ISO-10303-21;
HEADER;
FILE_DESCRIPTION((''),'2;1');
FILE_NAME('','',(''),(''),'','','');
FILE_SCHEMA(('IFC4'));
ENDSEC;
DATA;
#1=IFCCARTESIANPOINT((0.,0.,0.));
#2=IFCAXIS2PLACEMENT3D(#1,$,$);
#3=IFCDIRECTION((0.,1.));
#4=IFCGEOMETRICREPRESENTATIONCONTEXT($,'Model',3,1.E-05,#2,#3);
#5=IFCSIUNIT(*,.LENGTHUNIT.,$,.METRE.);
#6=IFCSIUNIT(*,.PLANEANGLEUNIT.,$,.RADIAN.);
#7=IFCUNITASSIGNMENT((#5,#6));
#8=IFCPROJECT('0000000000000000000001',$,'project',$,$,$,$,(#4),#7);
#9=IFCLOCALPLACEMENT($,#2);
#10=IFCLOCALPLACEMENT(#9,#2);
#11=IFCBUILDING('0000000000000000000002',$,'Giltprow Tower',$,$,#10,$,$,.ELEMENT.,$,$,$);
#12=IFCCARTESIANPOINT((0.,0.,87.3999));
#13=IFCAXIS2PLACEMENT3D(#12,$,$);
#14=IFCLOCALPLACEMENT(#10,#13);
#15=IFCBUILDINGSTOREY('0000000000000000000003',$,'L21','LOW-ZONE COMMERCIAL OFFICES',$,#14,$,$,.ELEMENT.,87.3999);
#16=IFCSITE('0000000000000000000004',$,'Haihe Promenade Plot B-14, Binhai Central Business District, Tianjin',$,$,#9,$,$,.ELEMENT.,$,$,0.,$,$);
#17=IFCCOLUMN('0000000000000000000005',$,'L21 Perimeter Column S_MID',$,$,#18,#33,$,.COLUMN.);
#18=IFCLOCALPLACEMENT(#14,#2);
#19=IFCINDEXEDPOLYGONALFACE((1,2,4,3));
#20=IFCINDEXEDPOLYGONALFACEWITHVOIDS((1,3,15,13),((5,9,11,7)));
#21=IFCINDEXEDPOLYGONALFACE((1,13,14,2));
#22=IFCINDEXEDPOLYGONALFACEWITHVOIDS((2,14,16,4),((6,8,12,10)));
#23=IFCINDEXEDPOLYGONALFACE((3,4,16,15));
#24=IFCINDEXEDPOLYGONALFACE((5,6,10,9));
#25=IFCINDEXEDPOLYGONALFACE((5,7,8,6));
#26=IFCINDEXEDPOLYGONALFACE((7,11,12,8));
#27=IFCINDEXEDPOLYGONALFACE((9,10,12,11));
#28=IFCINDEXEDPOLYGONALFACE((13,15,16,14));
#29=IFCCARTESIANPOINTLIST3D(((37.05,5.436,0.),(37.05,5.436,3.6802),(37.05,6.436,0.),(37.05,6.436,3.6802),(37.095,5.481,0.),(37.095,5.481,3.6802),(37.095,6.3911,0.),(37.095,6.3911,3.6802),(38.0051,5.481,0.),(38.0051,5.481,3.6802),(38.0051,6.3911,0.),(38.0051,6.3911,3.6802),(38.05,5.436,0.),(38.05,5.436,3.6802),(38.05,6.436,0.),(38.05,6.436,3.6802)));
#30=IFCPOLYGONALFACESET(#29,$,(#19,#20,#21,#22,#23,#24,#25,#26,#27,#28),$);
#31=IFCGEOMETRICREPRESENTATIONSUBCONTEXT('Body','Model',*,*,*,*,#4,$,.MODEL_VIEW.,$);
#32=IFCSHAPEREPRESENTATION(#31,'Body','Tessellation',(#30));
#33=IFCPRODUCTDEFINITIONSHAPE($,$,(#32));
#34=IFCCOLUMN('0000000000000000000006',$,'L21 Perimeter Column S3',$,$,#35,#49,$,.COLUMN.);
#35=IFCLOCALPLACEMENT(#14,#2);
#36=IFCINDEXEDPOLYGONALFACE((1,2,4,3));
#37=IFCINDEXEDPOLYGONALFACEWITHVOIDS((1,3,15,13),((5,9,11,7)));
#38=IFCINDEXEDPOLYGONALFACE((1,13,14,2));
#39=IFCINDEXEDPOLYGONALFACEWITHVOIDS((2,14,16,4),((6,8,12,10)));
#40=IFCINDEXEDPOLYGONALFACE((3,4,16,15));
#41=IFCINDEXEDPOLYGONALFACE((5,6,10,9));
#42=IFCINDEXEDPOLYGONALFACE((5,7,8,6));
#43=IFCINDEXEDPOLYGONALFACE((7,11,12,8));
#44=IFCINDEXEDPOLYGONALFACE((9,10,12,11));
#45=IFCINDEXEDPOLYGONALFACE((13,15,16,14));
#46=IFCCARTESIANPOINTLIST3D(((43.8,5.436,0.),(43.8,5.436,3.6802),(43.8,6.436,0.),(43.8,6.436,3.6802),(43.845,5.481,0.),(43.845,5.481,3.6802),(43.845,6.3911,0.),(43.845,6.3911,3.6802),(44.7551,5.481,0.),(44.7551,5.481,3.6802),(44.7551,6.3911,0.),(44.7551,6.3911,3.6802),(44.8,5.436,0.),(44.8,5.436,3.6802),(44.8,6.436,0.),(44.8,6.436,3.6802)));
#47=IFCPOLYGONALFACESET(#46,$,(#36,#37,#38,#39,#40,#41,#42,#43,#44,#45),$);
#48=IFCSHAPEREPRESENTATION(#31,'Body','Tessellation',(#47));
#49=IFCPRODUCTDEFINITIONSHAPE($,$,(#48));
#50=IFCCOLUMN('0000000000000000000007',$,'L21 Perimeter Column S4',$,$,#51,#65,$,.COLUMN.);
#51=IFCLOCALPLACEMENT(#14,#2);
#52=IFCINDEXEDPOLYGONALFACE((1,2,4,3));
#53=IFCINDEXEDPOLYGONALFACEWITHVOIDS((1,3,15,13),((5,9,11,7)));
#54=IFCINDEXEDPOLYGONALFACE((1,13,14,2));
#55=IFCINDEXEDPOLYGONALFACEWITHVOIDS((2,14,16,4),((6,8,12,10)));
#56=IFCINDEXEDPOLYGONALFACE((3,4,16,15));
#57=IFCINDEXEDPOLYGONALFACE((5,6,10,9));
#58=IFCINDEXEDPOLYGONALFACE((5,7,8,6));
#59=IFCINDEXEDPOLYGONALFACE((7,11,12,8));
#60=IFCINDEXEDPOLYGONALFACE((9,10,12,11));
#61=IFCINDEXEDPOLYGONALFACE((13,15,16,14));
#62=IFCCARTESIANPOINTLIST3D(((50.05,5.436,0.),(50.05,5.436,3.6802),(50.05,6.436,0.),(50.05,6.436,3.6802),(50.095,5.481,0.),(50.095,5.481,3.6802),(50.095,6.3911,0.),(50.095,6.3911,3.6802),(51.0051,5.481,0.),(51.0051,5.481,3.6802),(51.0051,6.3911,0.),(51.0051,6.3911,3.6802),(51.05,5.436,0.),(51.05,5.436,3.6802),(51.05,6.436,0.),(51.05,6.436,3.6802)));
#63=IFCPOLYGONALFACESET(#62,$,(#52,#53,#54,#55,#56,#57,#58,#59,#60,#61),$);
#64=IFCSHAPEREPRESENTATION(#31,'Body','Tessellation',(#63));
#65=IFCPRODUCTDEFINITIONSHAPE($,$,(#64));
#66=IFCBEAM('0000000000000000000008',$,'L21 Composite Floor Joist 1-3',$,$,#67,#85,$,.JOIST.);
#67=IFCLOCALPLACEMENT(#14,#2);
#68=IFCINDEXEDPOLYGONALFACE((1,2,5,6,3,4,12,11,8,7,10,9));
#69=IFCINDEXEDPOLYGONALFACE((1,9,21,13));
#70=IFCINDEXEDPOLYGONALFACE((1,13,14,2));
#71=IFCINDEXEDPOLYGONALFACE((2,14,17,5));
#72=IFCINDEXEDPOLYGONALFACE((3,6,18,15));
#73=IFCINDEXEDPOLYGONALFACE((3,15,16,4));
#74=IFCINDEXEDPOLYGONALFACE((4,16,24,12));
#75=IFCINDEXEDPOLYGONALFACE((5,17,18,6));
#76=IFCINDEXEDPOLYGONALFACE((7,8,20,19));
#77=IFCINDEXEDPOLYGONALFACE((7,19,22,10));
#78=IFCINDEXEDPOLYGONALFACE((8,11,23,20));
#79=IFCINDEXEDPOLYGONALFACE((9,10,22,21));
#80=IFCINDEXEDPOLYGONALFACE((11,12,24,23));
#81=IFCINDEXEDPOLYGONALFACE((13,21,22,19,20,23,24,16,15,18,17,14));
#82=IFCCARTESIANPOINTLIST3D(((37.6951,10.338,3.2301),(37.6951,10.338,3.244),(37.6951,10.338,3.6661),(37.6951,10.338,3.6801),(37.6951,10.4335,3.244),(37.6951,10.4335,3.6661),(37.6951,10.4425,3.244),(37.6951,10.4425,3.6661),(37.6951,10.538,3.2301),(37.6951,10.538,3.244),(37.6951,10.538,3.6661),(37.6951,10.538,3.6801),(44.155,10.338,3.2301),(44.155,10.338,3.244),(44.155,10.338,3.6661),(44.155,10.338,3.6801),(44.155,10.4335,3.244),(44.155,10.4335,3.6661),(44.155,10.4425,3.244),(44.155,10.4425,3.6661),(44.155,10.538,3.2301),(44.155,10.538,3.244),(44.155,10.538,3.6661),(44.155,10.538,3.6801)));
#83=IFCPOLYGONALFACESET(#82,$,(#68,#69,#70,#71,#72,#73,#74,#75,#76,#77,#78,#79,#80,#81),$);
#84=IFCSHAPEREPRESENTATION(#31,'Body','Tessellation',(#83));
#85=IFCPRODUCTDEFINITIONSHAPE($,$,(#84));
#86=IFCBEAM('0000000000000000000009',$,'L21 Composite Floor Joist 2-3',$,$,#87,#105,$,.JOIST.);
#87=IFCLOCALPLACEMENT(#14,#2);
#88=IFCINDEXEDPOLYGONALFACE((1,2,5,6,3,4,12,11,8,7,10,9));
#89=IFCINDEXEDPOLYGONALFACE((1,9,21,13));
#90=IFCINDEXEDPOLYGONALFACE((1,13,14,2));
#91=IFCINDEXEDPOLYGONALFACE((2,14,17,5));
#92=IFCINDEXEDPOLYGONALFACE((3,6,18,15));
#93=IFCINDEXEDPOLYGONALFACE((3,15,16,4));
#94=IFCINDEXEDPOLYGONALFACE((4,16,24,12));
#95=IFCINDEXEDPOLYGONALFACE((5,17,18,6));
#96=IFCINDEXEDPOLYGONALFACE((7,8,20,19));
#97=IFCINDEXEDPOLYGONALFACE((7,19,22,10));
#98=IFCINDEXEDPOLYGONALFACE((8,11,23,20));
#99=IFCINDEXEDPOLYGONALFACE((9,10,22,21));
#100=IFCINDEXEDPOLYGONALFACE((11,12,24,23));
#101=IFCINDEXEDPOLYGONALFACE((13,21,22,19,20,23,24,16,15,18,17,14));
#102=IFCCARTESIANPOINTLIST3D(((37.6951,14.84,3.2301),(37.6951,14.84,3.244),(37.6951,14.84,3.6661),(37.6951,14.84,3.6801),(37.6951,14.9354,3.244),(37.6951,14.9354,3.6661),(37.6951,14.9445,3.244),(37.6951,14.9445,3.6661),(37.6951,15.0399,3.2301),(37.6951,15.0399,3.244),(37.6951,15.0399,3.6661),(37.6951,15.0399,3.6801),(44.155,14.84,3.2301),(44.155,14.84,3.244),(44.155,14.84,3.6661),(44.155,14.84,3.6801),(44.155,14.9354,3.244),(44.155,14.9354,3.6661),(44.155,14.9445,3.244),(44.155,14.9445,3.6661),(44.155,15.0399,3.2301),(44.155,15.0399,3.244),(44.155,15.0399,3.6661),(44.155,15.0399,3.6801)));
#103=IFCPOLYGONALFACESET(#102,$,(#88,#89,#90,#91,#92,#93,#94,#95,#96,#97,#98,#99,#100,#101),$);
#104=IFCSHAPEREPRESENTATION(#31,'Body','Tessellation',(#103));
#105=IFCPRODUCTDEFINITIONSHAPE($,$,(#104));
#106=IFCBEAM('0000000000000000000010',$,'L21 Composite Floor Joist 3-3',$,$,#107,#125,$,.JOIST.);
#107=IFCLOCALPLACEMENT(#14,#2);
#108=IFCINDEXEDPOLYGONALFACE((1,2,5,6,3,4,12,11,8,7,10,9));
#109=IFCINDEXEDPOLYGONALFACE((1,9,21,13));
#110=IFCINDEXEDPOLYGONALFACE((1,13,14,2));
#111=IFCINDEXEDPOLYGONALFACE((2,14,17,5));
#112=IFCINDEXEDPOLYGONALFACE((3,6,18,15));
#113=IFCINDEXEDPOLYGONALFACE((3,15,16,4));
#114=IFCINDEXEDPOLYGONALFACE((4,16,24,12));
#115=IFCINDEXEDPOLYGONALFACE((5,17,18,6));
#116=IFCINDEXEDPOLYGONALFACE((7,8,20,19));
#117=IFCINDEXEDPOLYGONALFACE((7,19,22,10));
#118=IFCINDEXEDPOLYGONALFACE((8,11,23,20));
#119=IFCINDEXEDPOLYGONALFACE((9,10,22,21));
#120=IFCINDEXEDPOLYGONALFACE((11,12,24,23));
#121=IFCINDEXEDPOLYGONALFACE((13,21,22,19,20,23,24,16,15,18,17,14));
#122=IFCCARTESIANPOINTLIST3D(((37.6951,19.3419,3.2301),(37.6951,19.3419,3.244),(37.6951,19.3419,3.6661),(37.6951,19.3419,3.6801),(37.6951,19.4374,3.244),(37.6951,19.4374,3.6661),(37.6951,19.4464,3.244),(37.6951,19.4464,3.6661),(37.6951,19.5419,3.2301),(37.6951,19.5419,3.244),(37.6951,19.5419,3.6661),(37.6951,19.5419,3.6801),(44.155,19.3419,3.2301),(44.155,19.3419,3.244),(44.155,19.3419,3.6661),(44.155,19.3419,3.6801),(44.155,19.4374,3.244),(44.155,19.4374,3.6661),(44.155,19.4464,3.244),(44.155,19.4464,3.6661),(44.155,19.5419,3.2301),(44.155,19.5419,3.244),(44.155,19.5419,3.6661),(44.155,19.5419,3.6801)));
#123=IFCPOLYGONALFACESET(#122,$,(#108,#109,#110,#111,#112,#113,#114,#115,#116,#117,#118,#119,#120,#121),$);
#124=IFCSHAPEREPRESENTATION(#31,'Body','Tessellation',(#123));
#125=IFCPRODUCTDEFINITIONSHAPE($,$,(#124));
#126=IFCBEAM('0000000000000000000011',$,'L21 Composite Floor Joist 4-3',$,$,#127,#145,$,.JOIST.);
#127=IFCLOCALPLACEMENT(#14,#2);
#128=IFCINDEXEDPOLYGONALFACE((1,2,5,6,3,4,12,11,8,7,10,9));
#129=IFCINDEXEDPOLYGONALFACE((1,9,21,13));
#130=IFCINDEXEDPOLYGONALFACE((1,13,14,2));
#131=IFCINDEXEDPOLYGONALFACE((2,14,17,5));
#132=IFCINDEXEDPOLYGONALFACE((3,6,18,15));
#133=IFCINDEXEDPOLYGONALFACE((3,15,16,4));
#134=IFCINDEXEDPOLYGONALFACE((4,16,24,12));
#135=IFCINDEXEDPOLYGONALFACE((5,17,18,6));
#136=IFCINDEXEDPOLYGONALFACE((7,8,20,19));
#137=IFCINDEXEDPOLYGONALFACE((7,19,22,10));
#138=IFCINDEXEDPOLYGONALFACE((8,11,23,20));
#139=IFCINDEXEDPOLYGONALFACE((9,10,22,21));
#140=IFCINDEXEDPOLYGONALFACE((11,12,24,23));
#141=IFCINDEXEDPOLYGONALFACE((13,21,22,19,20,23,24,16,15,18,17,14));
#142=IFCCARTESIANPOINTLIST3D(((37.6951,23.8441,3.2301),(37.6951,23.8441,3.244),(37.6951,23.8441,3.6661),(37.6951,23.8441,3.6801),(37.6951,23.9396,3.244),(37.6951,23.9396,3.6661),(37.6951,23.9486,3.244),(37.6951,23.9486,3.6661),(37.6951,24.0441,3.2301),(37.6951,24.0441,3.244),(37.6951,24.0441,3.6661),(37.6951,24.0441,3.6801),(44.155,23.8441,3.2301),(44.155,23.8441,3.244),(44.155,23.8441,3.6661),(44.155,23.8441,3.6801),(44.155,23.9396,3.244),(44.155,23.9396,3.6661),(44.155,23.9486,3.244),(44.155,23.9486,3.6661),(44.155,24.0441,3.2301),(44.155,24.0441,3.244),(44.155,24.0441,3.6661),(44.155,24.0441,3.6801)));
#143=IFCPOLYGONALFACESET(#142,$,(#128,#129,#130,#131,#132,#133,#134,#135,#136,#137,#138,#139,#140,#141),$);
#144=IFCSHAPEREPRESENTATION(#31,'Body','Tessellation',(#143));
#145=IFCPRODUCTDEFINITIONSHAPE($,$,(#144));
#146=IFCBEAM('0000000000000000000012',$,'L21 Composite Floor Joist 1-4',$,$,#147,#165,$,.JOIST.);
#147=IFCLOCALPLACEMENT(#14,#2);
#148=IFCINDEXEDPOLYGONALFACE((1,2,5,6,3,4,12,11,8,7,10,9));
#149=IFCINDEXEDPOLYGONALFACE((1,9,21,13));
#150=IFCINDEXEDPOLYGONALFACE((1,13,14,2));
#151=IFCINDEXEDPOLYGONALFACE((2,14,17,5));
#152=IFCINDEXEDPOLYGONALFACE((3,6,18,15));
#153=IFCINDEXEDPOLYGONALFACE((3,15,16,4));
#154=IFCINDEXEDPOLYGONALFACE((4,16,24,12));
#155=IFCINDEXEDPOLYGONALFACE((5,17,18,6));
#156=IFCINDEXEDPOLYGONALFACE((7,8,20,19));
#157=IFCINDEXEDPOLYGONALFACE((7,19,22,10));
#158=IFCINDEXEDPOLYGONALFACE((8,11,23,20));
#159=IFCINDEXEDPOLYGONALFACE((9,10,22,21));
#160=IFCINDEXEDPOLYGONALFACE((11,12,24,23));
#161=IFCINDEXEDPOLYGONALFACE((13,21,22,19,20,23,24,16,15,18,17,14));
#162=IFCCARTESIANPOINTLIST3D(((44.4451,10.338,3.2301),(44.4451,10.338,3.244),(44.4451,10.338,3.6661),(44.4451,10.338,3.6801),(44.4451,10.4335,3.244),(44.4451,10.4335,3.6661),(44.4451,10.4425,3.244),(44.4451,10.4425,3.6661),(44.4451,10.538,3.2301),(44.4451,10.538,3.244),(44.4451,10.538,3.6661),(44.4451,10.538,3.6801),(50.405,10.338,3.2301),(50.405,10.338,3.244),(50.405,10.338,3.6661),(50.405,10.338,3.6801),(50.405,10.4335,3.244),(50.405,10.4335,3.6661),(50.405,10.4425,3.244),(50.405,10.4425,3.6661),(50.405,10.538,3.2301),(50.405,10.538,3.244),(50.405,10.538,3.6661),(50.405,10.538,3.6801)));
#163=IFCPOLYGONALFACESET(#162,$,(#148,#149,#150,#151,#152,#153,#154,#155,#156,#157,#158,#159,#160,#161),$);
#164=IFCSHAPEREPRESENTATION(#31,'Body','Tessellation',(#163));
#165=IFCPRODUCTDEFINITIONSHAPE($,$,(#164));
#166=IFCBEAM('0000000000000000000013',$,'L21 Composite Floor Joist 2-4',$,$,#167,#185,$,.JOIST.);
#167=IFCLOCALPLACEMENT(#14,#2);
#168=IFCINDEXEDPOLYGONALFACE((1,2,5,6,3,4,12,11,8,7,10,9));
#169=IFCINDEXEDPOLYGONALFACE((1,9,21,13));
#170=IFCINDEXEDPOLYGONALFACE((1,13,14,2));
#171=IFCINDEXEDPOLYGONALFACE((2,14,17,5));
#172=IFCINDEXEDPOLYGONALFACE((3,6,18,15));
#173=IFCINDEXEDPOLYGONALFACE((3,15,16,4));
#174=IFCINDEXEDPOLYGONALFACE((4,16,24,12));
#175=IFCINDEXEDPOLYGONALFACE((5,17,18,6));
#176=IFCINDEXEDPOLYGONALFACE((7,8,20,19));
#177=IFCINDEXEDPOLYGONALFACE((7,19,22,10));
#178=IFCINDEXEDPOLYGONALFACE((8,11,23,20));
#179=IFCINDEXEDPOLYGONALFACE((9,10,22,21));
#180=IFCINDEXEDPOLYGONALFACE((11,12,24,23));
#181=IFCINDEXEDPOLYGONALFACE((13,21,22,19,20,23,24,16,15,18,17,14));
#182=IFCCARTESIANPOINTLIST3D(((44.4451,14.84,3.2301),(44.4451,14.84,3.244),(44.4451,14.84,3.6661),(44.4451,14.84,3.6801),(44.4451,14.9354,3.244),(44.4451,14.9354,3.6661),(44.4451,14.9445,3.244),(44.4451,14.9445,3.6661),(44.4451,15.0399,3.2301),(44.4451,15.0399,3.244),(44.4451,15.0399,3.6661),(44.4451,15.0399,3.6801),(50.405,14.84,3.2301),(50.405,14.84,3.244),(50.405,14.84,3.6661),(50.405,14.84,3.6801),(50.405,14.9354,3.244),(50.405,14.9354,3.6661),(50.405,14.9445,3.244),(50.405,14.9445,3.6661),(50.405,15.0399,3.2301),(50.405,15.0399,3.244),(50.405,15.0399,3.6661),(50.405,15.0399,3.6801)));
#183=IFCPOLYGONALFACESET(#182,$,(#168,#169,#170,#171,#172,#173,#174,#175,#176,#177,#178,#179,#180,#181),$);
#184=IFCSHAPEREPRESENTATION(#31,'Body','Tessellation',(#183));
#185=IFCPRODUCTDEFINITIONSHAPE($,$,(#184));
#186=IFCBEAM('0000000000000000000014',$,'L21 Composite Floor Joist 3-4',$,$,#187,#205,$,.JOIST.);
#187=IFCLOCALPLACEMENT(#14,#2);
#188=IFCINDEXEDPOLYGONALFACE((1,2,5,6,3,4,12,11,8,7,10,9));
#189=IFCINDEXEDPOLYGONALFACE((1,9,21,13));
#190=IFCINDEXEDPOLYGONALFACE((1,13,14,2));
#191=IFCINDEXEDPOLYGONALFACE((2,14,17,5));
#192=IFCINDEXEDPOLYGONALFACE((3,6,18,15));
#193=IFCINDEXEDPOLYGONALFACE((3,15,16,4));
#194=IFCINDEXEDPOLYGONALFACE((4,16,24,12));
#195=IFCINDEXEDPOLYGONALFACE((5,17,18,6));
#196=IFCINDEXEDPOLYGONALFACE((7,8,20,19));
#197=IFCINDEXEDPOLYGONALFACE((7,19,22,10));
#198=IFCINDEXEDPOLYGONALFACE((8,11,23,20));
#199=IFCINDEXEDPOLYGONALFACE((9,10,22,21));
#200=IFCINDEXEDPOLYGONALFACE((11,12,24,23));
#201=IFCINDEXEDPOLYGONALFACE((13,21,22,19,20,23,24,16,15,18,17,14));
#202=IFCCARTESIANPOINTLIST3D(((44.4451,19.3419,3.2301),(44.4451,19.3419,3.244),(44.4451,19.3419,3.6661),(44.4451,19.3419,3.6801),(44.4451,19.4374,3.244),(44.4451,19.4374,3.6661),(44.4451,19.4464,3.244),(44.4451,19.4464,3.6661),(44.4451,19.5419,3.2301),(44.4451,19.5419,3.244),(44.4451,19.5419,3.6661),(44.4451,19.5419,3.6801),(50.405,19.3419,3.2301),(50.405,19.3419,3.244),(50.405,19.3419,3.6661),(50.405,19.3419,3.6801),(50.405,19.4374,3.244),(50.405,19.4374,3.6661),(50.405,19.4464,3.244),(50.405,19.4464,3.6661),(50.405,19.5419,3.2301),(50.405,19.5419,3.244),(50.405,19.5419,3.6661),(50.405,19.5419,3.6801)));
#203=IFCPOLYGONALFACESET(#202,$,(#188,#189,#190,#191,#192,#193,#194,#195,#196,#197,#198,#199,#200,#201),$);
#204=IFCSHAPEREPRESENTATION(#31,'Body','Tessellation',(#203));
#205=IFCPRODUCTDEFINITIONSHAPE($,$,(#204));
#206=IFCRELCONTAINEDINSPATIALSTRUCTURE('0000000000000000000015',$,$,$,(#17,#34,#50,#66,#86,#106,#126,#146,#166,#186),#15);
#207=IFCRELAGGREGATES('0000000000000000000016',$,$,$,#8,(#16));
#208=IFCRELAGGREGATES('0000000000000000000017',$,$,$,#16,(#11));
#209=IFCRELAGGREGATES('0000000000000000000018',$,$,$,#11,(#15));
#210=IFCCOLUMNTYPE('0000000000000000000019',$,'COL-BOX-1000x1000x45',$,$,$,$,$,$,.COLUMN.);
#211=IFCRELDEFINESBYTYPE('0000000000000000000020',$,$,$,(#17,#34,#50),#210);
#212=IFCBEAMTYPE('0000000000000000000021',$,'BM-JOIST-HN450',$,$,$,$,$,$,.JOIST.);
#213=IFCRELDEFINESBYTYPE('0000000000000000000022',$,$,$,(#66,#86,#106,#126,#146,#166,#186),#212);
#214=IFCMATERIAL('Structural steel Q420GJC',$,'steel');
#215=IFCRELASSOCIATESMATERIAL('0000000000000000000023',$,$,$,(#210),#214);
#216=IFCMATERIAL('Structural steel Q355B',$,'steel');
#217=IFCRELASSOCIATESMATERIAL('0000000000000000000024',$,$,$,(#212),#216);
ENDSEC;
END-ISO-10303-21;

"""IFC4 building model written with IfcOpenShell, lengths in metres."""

from ifc_helpers import new_model, si_unit, direction, frame, origin, origin_2d, place, context, subcontext, project, spatial, hollow_rectangle, i_section, extrude, source, transform, mapped, material, material_profile, profile_set, type_object, element, save


model = new_model("IFC4")

# Units and contexts
model_context = context("Model", 3, precision=1e-05, world=origin(), true_north=direction((0.0, 1.0)))
body_context = subcontext(model_context, "Body", "Model", "MODEL_VIEW")
ifc_project = project(units=[si_unit("LENGTHUNIT", "METRE"), si_unit("PLANEANGLEUNIT", "RADIAN")], contexts=[model_context])

# Site, building, storey
site_placement = place(None, origin())
site = spatial("IfcSite", under=ifc_project, at=site_placement, Name="Haihe Promenade Plot B-14, Binhai Central Business District, Tianjin", CompositionType="ELEMENT", RefElevation=0.0)
building_placement = place(site_placement, origin())
building = spatial("IfcBuilding", under=site, at=building_placement, Name="Giltprow Tower", CompositionType="ELEMENT")
storey_placement = place(building_placement, frame((0.0, 0.0, 87.3999)))
storey = spatial("IfcBuildingStorey", under=building, at=storey_placement, Name="L21", Description="LOW-ZONE COMMERCIAL OFFICES", CompositionType="ELEMENT", Elevation=87.3999)

# Columns
ifc_material_1 = material(Name="Structural steel Q420GJC", Category="steel")
ifc_material_profile_1 = material_profile(ifc_material_1, hollow_rectangle(XDim=1.0, YDim=1.0, WallThickness=0.0449, at=origin_2d()), Name="BOX 1000x1000x45")
ifc_profile_set_1 = profile_set([ifc_material_profile_1], Name="Structural steel Q420GJC")
column_type = type_object("IfcColumnType", Name="COL-BOX-1000x1000x45", PredefinedType="COLUMN", material=ifc_profile_set_1)
shared_shape_1 = source(origin(), body_context, "Body", "SweptSolid", [
    extrude(hollow_rectangle(XDim=1.0, YDim=1.0, WallThickness=0.0449, at=origin_2d()), origin(), (0.0, 0.0, 1.0), 3.6802),
])
for number, where, z_axis, x_axis, name in (
    (1, (37.55, 5.936, 0.0), (0.0, 0.0, 1.0), (1.0, 0.0, 0.0), "L21 Perimeter Column S_MID"),
    (2, (44.3, 5.936, 0.0), (0.0, 0.0, 1.0), (1.0, 0.0, 0.0), "L21 Perimeter Column S3"),
    (3, (50.55, 5.936, 0.0), (0.0, 0.0, 1.0), (1.0, 0.0, 0.0), "L21 Perimeter Column S4"),
):
    element("IfcColumn", number, at=place(storey_placement, frame(where, z_axis=z_axis, x_axis=x_axis)), inside=storey, type_object=column_type, Name=name, PredefinedType="COLUMN", context=body_context, shape_type="MappedRepresentation", body=[
        mapped(shared_shape_1, transform((0.0, 0.0, 0.0), x_axis=(1.0, 0.0, 0.0), y_axis=(0.0, 1.0, 0.0), z_axis=(0.0, 0.0, 1.0), scale=1.0)),
    ])

# Beams
ifc_material_2 = material(Name="Structural steel Q355B", Category="steel")
ifc_material_profile_2 = material_profile(ifc_material_2, i_section(OverallWidth=0.2, OverallDepth=0.45, WebThickness=0.009, FlangeThickness=0.0139, at=origin_2d()), Name="HN 450x200x9x14")
ifc_profile_set_2 = profile_set([ifc_material_profile_2], Name="Structural steel Q355B")
beam_type_1 = type_object("IfcBeamType", Name="BM-JOIST-HN450", PredefinedType="JOIST", material=ifc_profile_set_2)
shared_shape_2 = source(origin(), body_context, "Body", "SweptSolid", [
    extrude(i_section(OverallWidth=0.2, OverallDepth=0.45, WebThickness=0.009, FlangeThickness=0.0139, at=origin_2d()), origin(), (0.0, 0.0, 1.0), 6.46),
])
for number, where, z_axis, x_axis, name in (
    (4, (37.6951, 10.438, 3.4551), (1.0, 0.0, 0.0), (0.0, 1.0, 0.0), "L21 Composite Floor Joist 1-3"),
    (5, (37.6951, 14.9399, 3.4551), (1.0, 0.0, 0.0), (0.0, 1.0, 0.0), "L21 Composite Floor Joist 2-3"),
    (6, (37.6951, 19.4419, 3.4551), (1.0, 0.0, 0.0), (0.0, 1.0, 0.0), "L21 Composite Floor Joist 3-3"),
    (7, (37.6951, 23.9441, 3.4551), (1.0, 0.0, 0.0), (0.0, 1.0, 0.0), "L21 Composite Floor Joist 4-3"),
):
    element("IfcBeam", number, at=place(storey_placement, frame(where, z_axis=z_axis, x_axis=x_axis)), inside=storey, type_object=beam_type_1, Name=name, PredefinedType="JOIST", context=body_context, shape_type="MappedRepresentation", body=[
        mapped(shared_shape_2, transform((0.0, 0.0, 0.0), x_axis=(1.0, 0.0, 0.0), y_axis=(0.0, 1.0, 0.0), z_axis=(0.0, 0.0, 1.0), scale=1.0)),
    ])
shared_shape_3 = source(origin(), body_context, "Body", "SweptSolid", [
    extrude(i_section(OverallWidth=0.2, OverallDepth=0.45, WebThickness=0.009, FlangeThickness=0.0139, at=origin_2d()), origin(), (0.0, 0.0, 1.0), 5.96),
])
for number, where, z_axis, x_axis, name in (
    (8, (44.4451, 10.438, 3.4551), (1.0, 0.0, 0.0), (0.0, 1.0, 0.0), "L21 Composite Floor Joist 1-4"),
    (9, (44.4451, 14.9399, 3.4551), (1.0, 0.0, 0.0), (0.0, 1.0, 0.0), "L21 Composite Floor Joist 2-4"),
    (10, (44.4451, 19.4419, 3.4551), (1.0, 0.0, 0.0), (0.0, 1.0, 0.0), "L21 Composite Floor Joist 3-4"),
):
    element("IfcBeam", number, at=place(storey_placement, frame(where, z_axis=z_axis, x_axis=x_axis)), inside=storey, type_object=beam_type_1, Name=name, PredefinedType="JOIST", context=body_context, shape_type="MappedRepresentation", body=[
        mapped(shared_shape_3, transform((0.0, 0.0, 0.0), x_axis=(1.0, 0.0, 0.0), y_axis=(0.0, 1.0, 0.0), z_axis=(0.0, 0.0, 1.0), scale=1.0)),
    ])

save(model, "model.ifc")
